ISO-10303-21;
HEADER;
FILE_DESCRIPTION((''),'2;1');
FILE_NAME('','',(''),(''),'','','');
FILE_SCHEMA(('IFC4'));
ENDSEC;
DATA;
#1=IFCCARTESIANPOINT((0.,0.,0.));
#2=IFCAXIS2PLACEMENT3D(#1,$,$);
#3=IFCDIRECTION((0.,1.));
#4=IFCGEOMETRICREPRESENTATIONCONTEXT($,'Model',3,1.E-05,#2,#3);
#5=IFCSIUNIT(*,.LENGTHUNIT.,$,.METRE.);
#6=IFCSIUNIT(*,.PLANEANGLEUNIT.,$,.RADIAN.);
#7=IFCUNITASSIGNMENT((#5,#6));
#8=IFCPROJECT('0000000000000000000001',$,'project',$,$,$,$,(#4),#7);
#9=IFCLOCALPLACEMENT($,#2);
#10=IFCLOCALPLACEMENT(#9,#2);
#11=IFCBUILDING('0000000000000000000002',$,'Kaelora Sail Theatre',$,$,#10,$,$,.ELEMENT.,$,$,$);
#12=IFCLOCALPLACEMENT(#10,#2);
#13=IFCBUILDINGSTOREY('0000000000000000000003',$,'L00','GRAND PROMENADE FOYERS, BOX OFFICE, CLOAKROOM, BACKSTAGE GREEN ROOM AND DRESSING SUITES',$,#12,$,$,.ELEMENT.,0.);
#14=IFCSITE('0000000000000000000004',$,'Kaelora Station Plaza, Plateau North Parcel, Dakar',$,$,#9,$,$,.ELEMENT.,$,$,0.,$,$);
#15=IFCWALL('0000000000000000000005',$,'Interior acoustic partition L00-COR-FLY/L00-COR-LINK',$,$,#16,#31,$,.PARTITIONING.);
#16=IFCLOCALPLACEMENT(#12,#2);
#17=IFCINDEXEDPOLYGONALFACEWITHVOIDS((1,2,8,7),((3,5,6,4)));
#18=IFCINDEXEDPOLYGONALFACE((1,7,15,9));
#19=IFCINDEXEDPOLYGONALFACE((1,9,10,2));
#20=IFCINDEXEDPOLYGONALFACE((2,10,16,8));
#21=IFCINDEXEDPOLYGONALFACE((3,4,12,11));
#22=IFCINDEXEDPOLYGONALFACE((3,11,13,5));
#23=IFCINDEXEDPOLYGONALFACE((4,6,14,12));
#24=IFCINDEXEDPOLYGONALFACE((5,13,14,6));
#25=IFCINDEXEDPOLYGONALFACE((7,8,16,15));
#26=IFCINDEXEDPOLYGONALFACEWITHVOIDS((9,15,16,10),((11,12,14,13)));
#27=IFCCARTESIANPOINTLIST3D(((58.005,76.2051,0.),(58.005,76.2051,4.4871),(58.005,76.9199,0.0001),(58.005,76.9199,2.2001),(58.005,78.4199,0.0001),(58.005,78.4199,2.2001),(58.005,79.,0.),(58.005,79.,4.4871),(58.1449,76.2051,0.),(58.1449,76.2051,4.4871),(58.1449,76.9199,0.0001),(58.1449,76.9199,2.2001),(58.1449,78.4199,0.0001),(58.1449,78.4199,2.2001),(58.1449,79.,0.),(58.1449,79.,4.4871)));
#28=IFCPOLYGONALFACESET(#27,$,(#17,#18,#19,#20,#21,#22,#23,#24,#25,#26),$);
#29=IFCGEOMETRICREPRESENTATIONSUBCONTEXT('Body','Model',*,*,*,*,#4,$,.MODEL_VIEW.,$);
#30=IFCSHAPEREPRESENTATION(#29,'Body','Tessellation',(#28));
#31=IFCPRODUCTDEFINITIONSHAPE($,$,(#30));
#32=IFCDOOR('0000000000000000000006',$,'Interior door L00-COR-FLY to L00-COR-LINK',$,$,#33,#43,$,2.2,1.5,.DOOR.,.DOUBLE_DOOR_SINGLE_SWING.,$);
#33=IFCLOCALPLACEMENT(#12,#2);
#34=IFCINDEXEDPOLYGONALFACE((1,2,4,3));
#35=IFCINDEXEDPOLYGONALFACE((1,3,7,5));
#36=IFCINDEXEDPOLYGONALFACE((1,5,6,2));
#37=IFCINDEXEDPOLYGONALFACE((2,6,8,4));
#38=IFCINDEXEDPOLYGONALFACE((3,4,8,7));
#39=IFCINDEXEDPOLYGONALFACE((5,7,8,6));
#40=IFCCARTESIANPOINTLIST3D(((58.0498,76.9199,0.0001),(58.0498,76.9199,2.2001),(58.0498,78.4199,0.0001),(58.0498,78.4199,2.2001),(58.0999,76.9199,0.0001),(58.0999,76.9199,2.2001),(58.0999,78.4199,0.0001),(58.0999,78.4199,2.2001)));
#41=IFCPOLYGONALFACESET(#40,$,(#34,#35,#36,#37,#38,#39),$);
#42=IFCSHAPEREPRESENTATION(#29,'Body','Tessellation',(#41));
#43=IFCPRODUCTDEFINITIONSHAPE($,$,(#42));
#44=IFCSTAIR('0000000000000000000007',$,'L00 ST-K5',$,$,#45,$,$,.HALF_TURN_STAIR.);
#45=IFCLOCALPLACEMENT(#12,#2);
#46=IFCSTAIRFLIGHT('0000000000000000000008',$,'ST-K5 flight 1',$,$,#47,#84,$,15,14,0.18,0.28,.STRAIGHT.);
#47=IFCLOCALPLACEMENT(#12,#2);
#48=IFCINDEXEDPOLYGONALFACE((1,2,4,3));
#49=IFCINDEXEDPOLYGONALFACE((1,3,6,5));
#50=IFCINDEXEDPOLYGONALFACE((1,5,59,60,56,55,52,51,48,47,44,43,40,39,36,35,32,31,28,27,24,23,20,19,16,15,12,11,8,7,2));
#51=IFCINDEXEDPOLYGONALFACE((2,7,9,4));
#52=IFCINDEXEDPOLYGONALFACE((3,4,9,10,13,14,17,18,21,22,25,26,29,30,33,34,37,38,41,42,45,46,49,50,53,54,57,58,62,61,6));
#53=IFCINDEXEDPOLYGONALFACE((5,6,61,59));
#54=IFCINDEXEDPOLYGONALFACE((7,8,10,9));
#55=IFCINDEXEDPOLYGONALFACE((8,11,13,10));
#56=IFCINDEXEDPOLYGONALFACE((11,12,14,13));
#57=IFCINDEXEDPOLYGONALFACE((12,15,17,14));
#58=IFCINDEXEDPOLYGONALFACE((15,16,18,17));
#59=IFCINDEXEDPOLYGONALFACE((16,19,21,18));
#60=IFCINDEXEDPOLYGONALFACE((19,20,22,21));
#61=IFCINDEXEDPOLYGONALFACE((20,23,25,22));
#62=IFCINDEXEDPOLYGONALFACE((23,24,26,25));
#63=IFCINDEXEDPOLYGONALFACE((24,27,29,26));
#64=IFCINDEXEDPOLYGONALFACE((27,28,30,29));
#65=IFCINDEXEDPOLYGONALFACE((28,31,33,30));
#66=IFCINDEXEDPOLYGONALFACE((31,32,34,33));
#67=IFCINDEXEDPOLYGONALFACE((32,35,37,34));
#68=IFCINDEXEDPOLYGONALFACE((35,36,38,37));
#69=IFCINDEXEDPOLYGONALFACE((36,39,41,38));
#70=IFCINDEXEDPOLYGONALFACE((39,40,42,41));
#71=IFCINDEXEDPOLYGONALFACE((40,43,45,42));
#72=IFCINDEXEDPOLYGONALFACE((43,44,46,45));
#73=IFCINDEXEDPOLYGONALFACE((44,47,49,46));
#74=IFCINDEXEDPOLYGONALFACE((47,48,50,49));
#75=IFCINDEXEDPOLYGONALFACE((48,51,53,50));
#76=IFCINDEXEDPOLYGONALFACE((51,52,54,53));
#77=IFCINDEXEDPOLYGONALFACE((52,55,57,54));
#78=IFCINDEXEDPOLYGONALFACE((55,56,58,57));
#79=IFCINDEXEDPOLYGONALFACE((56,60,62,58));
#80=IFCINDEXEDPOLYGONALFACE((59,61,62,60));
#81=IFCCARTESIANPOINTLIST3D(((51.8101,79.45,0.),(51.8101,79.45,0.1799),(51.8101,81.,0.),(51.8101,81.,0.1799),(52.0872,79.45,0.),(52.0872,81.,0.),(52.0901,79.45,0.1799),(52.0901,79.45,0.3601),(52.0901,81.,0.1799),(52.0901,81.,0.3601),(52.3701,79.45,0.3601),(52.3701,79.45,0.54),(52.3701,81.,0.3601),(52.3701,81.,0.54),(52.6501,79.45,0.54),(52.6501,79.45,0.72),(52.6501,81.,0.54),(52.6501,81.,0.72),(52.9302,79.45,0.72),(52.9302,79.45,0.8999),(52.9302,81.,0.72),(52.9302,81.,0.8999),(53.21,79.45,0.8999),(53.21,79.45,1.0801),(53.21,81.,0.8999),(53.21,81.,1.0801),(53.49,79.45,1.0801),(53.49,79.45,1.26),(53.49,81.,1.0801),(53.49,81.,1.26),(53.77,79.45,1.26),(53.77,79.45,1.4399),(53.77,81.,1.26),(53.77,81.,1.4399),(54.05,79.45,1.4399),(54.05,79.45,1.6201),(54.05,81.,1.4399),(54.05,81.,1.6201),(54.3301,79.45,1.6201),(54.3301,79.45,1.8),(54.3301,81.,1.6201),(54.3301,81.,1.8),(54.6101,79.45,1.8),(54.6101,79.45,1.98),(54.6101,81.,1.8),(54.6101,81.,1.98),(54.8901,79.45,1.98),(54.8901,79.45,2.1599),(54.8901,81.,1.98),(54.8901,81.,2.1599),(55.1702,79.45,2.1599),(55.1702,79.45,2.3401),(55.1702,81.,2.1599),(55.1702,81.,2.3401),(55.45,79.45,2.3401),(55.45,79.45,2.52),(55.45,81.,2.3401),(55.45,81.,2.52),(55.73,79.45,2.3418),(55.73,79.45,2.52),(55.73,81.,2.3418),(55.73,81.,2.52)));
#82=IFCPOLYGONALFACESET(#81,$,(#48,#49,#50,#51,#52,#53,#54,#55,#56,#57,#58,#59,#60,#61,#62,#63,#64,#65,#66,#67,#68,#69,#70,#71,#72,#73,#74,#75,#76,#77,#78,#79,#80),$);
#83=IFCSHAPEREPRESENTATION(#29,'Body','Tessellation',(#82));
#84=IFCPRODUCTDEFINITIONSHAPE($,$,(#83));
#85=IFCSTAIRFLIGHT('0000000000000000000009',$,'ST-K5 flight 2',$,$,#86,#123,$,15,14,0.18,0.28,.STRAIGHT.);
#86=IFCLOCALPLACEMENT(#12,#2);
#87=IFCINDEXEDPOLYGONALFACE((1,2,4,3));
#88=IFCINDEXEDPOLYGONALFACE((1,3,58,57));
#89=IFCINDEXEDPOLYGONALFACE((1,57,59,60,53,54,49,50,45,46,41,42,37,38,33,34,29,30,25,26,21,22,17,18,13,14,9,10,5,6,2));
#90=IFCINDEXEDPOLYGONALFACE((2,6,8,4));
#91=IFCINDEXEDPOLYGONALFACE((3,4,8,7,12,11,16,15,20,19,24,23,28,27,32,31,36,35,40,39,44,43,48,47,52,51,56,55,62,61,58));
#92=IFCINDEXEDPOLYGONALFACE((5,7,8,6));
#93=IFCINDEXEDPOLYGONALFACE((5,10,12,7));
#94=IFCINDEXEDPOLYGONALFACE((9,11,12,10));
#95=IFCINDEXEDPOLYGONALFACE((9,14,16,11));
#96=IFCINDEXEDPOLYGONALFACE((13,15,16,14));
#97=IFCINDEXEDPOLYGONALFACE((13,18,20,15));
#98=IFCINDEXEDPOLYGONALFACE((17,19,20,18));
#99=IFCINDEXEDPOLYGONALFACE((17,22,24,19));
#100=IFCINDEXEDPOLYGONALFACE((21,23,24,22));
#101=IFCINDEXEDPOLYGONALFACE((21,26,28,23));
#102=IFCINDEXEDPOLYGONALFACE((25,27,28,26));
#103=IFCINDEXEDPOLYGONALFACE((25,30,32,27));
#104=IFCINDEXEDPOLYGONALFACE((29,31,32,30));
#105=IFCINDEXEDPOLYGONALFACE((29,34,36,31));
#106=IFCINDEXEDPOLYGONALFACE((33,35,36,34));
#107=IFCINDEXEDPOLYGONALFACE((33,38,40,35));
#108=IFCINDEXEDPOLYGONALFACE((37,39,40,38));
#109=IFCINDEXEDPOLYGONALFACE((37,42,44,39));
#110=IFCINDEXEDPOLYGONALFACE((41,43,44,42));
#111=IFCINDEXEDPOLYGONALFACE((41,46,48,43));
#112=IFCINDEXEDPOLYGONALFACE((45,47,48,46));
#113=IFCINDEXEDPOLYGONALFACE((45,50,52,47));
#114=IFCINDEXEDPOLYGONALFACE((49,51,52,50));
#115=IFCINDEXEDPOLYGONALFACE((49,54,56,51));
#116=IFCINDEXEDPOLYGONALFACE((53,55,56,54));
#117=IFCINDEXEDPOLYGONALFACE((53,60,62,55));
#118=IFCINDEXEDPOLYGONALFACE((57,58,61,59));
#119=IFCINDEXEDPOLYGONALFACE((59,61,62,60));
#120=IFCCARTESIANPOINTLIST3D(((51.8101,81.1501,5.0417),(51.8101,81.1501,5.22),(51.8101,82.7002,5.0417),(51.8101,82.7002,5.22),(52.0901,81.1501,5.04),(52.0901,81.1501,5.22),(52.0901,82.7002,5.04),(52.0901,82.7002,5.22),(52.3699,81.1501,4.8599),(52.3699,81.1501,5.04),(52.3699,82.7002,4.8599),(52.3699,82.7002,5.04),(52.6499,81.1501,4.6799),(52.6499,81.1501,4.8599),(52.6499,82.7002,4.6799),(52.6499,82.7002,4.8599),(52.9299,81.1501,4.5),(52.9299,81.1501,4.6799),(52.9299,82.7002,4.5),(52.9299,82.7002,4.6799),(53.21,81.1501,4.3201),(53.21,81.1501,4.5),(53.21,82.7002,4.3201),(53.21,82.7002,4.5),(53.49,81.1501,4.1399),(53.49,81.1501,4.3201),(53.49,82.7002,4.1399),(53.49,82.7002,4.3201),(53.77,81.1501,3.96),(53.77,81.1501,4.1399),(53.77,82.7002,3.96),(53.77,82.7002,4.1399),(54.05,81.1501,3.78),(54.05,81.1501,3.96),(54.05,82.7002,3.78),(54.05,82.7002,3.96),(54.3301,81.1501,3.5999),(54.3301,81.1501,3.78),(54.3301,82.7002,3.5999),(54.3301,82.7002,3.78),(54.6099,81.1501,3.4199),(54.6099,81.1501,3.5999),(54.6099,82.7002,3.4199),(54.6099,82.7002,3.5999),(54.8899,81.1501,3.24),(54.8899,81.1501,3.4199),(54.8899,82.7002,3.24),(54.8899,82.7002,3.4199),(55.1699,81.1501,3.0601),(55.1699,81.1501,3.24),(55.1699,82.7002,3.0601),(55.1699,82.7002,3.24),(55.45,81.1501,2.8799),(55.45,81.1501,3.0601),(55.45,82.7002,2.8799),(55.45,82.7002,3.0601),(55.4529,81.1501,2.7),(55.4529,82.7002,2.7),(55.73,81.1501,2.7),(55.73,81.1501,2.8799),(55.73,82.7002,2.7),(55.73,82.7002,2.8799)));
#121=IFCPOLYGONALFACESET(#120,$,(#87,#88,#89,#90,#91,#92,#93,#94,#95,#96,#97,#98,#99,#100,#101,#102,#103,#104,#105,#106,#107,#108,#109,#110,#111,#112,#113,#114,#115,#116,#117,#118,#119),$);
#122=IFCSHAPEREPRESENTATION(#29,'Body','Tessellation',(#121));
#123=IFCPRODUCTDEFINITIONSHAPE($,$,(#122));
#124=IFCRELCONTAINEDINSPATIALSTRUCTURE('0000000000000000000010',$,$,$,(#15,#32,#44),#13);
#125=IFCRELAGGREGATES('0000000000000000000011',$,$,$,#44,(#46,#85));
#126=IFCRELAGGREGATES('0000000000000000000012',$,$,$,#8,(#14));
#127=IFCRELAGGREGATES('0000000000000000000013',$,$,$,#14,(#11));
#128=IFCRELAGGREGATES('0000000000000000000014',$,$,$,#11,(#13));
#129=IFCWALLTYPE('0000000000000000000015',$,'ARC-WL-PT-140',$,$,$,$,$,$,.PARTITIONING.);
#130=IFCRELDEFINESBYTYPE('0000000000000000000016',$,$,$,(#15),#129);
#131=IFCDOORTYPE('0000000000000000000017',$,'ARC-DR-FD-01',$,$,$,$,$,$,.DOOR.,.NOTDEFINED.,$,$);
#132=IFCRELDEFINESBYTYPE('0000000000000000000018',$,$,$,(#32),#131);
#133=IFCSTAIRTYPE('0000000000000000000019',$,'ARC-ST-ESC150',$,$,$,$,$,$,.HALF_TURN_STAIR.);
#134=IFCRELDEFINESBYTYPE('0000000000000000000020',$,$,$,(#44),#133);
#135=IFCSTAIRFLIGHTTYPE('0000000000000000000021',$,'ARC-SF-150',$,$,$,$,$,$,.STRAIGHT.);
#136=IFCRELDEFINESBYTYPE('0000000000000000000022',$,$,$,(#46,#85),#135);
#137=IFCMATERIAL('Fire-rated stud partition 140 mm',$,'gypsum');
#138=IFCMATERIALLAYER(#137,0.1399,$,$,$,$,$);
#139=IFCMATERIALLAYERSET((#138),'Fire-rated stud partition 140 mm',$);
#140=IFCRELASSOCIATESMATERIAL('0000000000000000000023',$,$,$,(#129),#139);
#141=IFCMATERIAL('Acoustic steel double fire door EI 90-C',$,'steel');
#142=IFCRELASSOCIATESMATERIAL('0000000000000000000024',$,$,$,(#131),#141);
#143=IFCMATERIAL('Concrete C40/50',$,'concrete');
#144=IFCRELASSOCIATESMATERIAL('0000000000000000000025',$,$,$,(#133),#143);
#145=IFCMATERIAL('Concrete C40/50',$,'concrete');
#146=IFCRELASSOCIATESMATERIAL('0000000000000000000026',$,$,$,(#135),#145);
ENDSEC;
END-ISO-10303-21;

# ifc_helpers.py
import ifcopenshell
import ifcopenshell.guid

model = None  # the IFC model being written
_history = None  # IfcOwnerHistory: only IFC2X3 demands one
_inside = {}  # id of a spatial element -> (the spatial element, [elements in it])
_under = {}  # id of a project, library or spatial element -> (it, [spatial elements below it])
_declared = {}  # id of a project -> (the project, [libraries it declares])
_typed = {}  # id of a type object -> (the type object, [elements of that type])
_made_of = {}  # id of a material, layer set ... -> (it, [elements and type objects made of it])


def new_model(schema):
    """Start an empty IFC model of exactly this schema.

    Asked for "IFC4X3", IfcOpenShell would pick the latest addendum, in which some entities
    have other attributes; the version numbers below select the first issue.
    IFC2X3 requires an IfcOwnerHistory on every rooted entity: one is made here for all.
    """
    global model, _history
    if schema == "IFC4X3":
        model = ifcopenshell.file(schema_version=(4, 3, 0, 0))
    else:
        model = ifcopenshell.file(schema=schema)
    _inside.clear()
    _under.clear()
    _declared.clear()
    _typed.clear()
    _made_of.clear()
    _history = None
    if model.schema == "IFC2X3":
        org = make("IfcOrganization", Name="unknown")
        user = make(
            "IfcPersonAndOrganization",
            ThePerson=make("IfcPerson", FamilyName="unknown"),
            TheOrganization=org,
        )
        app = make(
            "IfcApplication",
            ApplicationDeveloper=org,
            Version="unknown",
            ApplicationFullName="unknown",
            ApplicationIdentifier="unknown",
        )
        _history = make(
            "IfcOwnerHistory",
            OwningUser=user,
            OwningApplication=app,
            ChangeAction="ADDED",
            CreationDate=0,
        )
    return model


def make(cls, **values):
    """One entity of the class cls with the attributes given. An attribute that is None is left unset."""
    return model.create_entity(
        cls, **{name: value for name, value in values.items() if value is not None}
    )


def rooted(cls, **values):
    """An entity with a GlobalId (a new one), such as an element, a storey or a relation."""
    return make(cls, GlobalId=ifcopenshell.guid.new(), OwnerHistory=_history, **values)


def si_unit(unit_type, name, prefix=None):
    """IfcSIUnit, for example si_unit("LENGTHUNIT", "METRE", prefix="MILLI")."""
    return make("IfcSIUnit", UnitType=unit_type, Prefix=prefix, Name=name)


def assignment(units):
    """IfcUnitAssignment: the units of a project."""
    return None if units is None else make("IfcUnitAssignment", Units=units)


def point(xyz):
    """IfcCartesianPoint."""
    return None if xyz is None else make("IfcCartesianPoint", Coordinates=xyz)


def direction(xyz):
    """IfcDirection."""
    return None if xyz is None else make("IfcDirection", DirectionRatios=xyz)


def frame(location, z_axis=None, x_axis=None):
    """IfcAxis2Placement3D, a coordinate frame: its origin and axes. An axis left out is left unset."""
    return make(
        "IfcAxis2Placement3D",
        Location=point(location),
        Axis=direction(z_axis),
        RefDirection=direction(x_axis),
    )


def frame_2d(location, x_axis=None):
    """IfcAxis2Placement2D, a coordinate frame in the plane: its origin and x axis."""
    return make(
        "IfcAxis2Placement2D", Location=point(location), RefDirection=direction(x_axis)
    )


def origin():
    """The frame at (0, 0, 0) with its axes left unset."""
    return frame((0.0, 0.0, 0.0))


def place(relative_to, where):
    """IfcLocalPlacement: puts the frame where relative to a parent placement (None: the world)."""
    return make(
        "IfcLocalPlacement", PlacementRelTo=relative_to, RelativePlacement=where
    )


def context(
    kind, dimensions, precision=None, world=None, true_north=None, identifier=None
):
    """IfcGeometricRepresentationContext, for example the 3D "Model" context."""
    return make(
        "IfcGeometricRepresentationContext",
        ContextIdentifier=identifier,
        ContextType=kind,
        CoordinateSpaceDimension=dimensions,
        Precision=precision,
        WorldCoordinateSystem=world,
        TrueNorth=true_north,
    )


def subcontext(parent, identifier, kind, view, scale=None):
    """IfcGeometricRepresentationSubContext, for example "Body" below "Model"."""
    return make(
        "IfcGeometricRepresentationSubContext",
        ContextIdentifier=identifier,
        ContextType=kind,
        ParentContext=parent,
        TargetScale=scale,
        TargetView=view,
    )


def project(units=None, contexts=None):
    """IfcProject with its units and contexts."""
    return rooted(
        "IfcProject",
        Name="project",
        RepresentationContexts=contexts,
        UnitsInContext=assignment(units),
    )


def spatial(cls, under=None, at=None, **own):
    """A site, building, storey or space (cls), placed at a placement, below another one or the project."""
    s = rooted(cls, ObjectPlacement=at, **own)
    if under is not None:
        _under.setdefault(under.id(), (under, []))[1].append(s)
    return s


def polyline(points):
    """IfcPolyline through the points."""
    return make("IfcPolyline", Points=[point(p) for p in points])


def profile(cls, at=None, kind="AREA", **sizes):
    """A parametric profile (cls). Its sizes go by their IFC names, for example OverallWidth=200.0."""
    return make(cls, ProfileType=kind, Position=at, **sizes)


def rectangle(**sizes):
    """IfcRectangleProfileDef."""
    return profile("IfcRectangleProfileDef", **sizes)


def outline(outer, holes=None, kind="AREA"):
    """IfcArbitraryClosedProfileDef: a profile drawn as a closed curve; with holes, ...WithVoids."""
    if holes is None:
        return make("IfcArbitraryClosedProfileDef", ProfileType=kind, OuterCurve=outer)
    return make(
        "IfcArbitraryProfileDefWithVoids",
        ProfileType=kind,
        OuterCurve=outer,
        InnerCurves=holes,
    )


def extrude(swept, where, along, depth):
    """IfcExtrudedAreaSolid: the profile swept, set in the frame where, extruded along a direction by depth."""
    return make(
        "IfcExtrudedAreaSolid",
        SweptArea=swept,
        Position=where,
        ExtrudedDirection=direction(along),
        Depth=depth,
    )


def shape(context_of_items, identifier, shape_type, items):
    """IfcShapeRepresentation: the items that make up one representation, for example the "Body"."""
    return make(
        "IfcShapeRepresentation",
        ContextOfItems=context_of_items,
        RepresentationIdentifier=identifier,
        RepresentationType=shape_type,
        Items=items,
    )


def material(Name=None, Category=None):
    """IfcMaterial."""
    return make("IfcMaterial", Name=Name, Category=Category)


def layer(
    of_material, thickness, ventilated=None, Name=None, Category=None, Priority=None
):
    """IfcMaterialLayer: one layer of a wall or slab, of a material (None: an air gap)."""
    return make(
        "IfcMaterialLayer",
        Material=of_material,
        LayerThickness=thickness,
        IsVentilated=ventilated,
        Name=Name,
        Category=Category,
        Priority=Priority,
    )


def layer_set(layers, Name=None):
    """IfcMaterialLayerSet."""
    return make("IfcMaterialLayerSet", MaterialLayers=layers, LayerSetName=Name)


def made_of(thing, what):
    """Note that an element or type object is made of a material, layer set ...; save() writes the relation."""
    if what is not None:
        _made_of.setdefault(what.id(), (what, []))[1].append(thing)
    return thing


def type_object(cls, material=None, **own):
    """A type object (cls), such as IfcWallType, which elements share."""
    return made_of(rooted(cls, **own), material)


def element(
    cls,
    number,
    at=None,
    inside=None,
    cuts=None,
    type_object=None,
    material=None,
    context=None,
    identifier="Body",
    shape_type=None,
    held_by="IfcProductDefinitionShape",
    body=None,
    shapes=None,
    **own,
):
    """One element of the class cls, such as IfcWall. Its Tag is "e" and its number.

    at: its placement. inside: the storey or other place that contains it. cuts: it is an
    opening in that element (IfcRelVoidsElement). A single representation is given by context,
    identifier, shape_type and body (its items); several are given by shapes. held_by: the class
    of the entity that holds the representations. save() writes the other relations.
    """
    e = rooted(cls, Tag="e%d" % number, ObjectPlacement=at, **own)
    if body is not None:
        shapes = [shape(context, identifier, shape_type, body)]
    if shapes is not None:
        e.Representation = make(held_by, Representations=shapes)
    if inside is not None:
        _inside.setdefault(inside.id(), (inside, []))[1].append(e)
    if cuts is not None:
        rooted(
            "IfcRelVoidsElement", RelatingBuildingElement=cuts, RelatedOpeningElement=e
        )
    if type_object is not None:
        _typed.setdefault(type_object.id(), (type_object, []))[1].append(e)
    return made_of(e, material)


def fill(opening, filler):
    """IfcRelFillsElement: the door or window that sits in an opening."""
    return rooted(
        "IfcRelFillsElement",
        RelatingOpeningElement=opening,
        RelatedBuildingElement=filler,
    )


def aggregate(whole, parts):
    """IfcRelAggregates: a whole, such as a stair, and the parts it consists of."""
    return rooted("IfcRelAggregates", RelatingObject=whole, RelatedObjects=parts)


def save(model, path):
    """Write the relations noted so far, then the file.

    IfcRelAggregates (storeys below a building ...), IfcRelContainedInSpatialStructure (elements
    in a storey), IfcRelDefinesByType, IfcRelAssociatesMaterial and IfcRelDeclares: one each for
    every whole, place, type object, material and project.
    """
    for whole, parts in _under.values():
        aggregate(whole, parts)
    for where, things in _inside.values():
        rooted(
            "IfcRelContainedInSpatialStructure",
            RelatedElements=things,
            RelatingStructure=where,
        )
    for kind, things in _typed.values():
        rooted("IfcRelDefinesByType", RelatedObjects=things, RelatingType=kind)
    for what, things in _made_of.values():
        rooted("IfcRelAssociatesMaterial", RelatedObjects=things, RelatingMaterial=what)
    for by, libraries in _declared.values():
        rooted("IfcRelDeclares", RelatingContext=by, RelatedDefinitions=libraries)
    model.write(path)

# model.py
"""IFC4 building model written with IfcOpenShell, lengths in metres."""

from ifc_helpers import new_model, si_unit, direction, frame, frame_2d, origin, place, context, subcontext, project, spatial, polyline, rectangle, outline, extrude, material, layer, layer_set, type_object, element, fill, aggregate, save


model = new_model("IFC4")

# Units and contexts
model_context = context("Model", 3, precision=1e-05, world=origin(), true_north=direction((0.0, 1.0)))
body_context = subcontext(model_context, "Body", "Model", "MODEL_VIEW")
ifc_project = project(units=[si_unit("LENGTHUNIT", "METRE"), si_unit("PLANEANGLEUNIT", "RADIAN")], contexts=[model_context])

# Site, building, storey
site_placement = place(None, origin())
site = spatial("IfcSite", under=ifc_project, at=site_placement, Name="Kaelora Station Plaza, Plateau North Parcel, Dakar", CompositionType="ELEMENT", RefElevation=0.0)
building_placement = place(site_placement, origin())
building = spatial("IfcBuilding", under=site, at=building_placement, Name="Kaelora Sail Theatre", CompositionType="ELEMENT")
storey_placement = place(building_placement, origin())
storey = spatial("IfcBuildingStorey", under=building, at=storey_placement, Name="L00", Description="GRAND PROMENADE FOYERS, BOX OFFICE, CLOAKROOM, BACKSTAGE GREEN ROOM AND DRESSING SUITES", CompositionType="ELEMENT", Elevation=0.0)

# Wall, opening, door
ifc_material_1 = material(Name="Fire-rated stud partition 140 mm", Category="gypsum")
ifc_layer_1 = layer(ifc_material_1, 0.1399)
ifc_layer_set_1 = layer_set([ifc_layer_1], Name="Fire-rated stud partition 140 mm")
wall_type_1 = type_object("IfcWallType", Name="ARC-WL-PT-140", PredefinedType="PARTITIONING", material=ifc_layer_set_1)
wall_1_placement = place(storey_placement, frame((58.075, 79.0, 0.0), z_axis=(0.0, 0.0, 1.0), x_axis=(0.0, -1.0, 0.0)))
wall_1 = element("IfcWall", 1, at=wall_1_placement, inside=storey, type_object=wall_type_1, Name="Interior acoustic partition L00-COR-FLY/L00-COR-LINK", PredefinedType="PARTITIONING", context=body_context, shape_type="SweptSolid", body=[
    extrude(rectangle(XDim=2.7949, YDim=0.1399, at=frame_2d((1.3975, 0.0))), origin(), (0.0, 0.0, 1.0), 4.4871),
])
opening_1_placement = place(wall_1_placement, frame((0.5801, 0.0, 0.0)))
opening_1 = element("IfcOpeningElement", 2, at=opening_1_placement, cuts=wall_1, PredefinedType="OPENING", context=body_context, shape_type="SweptSolid", body=[
    extrude(rectangle(XDim=1.5, YDim=2.2, at=frame_2d((0.75, 1.1001))), frame((0.0, 0.0798, 0.0), z_axis=(0.0, -1.0, 0.0), x_axis=(1.0, 0.0, 0.0)), (0.0, 0.0, 1.0), 0.1599),
])
ifc_material_2 = material(Name="Acoustic steel double fire door EI 90-C", Category="steel")
door_type_1 = type_object("IfcDoorType", Name="ARC-DR-FD-01", OperationType="NOTDEFINED", PredefinedType="DOOR", material=ifc_material_2)
door_1_placement = place(opening_1_placement, origin())
door_1 = element("IfcDoor", 3, at=door_1_placement, inside=storey, type_object=door_type_1, Name="Interior door L00-COR-FLY to L00-COR-LINK", OperationType="DOUBLE_DOOR_SINGLE_SWING", OverallHeight=2.2, OverallWidth=1.5, PredefinedType="DOOR", context=body_context, shape_type="SweptSolid", body=[
    extrude(rectangle(XDim=1.5, YDim=2.2, at=frame_2d((0.75, 1.1001))), frame((0.0, 0.0249, 0.0), z_axis=(0.0, -1.0, 0.0), x_axis=(1.0, 0.0, 0.0)), (0.0, 0.0, 1.0), 0.05),
])
fill(opening_1, door_1)

# Stair, stair flights
ifc_material_3 = material(Name="Concrete C40/50", Category="concrete")
stair_type = type_object("IfcStairType", Name="ARC-ST-ESC150", PredefinedType="HALF_TURN_STAIR", material=ifc_material_3)
stair_placement = place(storey_placement, origin())
stair = element("IfcStair", 4, at=stair_placement, inside=storey, type_object=stair_type, Name="L00 ST-K5", PredefinedType="HALF_TURN_STAIR")
ifc_material_4 = material(Name="Concrete C40/50", Category="concrete")
stair_flight_type = type_object("IfcStairFlightType", Name="ARC-SF-150", PredefinedType="STRAIGHT", material=ifc_material_4)
stair_flight_1_placement = place(storey_placement, frame((51.8101, 80.2251, 0.0), z_axis=(0.0, 0.0, 1.0), x_axis=(1.0, 0.0, 0.0)))
stair_flight_1 = element("IfcStairFlight", 5, at=stair_flight_1_placement, type_object=stair_flight_type, Name="ST-K5 flight 1", NumberOfRisers=15, NumberOfTreads=14, PredefinedType="STRAIGHT", RiserHeight=0.18, TreadLength=0.28, context=body_context, shape_type="SweptSolid", body=[
    extrude(outline(polyline([(0.0, 0.0), (0.0, 0.1799), (0.28, 0.1799), (0.28, 0.3601), (0.5601, 0.3601), (0.5601, 0.54), (0.8401, 0.54), (0.8401, 0.72), (1.1201, 0.72), (1.1201, 0.8999), (1.3999, 0.8999), (1.3999, 1.0801), (1.6799, 1.0801), (1.6799, 1.26), (1.96, 1.26), (1.96, 1.4399), (2.24, 1.4399), (2.24, 1.6201), (2.52, 1.6201), (2.52, 1.8), (2.8, 1.8), (2.8, 1.98), (3.0801, 1.98), (3.0801, 2.1599), (3.3601, 2.1599), (3.3601, 2.3401), (3.6399, 2.3401), (3.6399, 2.52), (3.9199, 2.52), (3.9199, 2.7), (3.9199, 2.3418), (0.2771, 0.0), (0.0, 0.0)])), frame((0.0, 0.7749, 0.0), z_axis=(0.0, -1.0, 0.0), x_axis=(1.0, 0.0, 0.0)), (0.0, 0.0, 1.0), 1.55),
])
stair_flight_2_placement = place(storey_placement, frame((55.73, 81.925, 2.7), z_axis=(0.0, 0.0, 1.0), x_axis=(-1.0, 0.0, 0.0)))
stair_flight_2 = element("IfcStairFlight", 6, at=stair_flight_2_placement, type_object=stair_flight_type, Name="ST-K5 flight 2", NumberOfRisers=15, NumberOfTreads=14, PredefinedType="STRAIGHT", RiserHeight=0.18, TreadLength=0.28, context=body_context, shape_type="SweptSolid", body=[
    extrude(outline(polyline([(0.0, 0.0), (0.0, 0.1799), (0.28, 0.1799), (0.28, 0.3601), (0.5601, 0.3601), (0.5601, 0.54), (0.8401, 0.54), (0.8401, 0.72), (1.1201, 0.72), (1.1201, 0.8999), (1.3999, 0.8999), (1.3999, 1.0801), (1.6799, 1.0801), (1.6799, 1.26), (1.96, 1.26), (1.96, 1.4399), (2.24, 1.4399), (2.24, 1.6201), (2.52, 1.6201), (2.52, 1.8), (2.8, 1.8), (2.8, 1.98), (3.0801, 1.98), (3.0801, 2.1599), (3.3601, 2.1599), (3.3601, 2.3401), (3.6399, 2.3401), (3.6399, 2.52), (3.9199, 2.52), (3.9199, 2.7), (3.9199, 2.3418), (0.2771, 0.0), (0.0, 0.0)])), frame((0.0, 0.7749, 0.0), z_axis=(0.0, -1.0, 0.0), x_axis=(1.0, 0.0, 0.0)), (0.0, 0.0, 1.0), 1.55),
])
aggregate(stair, [stair_flight_1, stair_flight_2])

save(model, "model.ifc")
